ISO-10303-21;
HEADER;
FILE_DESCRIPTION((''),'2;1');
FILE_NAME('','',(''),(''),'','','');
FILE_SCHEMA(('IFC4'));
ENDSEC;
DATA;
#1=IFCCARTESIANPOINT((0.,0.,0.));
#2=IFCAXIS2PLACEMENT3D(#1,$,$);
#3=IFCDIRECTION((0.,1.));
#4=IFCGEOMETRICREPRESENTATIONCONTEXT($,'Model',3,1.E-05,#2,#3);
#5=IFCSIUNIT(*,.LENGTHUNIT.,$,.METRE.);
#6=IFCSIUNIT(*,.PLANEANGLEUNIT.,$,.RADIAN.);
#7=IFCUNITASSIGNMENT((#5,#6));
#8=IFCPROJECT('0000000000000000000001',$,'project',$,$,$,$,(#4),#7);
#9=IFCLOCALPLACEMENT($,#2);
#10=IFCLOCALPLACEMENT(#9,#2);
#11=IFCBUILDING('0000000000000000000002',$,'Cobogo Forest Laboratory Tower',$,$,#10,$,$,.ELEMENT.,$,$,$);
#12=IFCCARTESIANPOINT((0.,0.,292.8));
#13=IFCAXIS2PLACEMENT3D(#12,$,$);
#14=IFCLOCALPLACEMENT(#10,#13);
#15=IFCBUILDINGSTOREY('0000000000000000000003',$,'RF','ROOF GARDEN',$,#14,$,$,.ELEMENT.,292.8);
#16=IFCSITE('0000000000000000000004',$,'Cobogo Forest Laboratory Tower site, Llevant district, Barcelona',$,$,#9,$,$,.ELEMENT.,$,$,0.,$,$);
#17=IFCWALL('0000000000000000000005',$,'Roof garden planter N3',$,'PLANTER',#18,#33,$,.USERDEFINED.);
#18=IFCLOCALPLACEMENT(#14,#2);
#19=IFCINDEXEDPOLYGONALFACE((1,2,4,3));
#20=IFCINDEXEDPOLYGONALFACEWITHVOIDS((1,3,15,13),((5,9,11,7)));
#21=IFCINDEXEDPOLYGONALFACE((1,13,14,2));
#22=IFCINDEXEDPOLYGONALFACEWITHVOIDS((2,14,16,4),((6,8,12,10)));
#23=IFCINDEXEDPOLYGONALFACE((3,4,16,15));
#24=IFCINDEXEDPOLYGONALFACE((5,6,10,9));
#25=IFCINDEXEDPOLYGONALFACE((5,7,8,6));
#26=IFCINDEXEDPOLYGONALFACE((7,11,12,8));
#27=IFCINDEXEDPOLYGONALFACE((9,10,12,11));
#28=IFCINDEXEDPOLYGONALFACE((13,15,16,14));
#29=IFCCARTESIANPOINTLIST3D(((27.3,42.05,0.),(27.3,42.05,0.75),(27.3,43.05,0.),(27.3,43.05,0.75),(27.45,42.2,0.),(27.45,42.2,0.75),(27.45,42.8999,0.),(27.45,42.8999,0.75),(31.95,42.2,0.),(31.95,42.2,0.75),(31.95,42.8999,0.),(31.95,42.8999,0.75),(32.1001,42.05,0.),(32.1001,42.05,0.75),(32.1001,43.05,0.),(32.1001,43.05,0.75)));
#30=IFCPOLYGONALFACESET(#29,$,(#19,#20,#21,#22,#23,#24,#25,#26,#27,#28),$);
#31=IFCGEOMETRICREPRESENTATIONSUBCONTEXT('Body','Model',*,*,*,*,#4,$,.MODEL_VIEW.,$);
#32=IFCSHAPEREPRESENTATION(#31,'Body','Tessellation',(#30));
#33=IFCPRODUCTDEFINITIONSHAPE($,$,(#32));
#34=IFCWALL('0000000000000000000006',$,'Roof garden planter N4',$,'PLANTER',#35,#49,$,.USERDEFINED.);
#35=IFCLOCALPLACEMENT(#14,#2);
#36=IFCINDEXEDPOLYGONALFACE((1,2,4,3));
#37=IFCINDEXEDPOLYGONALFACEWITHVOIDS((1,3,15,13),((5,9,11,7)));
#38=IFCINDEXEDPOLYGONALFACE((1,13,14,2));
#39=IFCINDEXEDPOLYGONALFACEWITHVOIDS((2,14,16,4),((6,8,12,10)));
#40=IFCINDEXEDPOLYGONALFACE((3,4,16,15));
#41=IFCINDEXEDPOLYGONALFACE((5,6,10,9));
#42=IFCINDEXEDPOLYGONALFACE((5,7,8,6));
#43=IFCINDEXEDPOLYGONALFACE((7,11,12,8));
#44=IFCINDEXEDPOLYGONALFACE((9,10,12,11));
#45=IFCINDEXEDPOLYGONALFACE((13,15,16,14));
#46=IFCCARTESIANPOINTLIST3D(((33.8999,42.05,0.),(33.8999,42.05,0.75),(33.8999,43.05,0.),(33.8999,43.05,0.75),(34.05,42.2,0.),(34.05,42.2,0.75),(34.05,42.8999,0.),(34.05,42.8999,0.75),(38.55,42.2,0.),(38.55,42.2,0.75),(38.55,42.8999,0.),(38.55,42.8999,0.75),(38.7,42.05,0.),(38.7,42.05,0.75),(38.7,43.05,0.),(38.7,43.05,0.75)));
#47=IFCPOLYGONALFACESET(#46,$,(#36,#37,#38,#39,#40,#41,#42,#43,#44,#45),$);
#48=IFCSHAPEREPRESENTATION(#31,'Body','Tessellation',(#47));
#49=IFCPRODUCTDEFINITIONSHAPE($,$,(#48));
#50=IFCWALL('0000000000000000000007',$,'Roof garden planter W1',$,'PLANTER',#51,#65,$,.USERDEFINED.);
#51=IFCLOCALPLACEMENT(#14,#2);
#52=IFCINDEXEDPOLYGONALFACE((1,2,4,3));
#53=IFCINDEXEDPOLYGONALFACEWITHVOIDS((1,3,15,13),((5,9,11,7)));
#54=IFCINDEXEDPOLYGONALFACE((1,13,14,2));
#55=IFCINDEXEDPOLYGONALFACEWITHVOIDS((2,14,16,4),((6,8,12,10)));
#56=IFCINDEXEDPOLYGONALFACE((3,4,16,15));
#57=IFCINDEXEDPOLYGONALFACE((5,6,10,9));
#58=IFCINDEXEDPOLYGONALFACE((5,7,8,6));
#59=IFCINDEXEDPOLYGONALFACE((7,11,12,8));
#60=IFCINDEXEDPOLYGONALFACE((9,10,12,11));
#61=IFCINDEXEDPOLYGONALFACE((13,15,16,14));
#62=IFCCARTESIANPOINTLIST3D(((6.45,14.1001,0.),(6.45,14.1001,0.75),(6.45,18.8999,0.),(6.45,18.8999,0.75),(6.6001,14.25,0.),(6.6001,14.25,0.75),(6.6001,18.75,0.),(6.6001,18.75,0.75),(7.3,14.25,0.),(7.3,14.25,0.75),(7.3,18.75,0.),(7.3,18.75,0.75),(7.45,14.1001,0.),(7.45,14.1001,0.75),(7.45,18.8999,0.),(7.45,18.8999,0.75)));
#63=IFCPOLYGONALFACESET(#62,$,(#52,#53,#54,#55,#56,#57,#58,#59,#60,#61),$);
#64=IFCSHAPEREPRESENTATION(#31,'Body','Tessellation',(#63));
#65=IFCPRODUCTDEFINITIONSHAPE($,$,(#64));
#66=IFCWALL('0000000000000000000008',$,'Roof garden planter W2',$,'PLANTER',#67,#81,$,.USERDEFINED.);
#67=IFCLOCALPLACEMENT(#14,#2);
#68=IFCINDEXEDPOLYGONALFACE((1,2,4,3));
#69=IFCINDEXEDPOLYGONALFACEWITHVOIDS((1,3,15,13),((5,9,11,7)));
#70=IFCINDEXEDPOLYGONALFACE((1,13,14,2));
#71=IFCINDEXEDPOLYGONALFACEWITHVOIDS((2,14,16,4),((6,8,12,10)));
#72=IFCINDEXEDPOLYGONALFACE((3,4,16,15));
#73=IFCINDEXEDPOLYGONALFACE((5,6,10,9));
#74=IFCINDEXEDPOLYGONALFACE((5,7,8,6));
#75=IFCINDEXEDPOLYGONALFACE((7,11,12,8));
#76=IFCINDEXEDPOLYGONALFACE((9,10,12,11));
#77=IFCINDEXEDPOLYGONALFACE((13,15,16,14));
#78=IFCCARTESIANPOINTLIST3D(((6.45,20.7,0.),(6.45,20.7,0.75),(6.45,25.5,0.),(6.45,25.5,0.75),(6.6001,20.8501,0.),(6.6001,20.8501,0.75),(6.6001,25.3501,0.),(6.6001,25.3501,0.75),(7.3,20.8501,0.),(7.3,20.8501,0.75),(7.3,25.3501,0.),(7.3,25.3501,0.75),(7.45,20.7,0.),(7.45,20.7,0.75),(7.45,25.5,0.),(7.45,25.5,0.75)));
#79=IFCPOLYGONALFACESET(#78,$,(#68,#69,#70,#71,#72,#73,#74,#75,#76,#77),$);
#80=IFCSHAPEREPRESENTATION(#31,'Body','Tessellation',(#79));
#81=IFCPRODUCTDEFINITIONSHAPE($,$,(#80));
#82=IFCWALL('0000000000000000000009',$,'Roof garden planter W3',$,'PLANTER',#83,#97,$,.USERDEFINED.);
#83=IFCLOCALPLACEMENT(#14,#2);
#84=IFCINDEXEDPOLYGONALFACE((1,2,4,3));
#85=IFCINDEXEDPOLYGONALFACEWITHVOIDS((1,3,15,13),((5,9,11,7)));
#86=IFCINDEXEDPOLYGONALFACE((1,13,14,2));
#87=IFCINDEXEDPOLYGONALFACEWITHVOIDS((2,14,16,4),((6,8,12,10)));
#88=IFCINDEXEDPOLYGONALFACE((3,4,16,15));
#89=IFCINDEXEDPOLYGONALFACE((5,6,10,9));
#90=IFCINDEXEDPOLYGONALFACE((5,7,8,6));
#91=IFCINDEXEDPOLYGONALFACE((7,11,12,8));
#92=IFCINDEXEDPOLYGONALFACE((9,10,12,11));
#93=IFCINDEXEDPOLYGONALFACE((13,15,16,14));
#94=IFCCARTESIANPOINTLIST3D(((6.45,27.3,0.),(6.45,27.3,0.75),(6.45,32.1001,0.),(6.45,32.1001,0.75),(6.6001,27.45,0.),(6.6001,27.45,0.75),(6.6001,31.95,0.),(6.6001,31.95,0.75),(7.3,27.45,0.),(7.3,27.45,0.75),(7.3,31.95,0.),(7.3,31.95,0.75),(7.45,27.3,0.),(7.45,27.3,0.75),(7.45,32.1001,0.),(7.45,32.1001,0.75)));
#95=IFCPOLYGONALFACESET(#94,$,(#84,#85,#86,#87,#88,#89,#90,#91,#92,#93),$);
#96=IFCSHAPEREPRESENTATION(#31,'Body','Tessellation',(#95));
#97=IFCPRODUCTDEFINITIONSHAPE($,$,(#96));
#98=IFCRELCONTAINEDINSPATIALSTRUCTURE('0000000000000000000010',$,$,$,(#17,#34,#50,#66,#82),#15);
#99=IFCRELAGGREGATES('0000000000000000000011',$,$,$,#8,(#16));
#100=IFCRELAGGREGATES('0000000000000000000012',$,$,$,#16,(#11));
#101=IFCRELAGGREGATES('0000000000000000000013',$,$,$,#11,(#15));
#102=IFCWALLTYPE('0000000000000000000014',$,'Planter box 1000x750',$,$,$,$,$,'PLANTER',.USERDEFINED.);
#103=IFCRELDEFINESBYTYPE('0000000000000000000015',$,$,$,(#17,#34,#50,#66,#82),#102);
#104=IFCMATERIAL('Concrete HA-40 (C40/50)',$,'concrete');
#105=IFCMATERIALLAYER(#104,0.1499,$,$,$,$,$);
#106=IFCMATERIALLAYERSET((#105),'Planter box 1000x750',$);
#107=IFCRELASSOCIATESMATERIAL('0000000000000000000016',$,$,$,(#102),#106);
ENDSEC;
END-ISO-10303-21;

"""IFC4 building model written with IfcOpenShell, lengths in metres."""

from ifc_helpers import new_model, si_unit, direction, frame, origin, place, context, subcontext, project, spatial, polyline, outline, extrude, material, layer, layer_set, type_object, element, save


model = new_model("IFC4")

# Units and contexts
model_context = context("Model", 3, precision=1e-05, world=origin(), true_north=direction((0.0, 1.0)))
body_context = subcontext(model_context, "Body", "Model", "MODEL_VIEW")
ifc_project = project(units=[si_unit("LENGTHUNIT", "METRE"), si_unit("PLANEANGLEUNIT", "RADIAN")], contexts=[model_context])

# Site, building, storey
site_placement = place(None, origin())
site = spatial("IfcSite", under=ifc_project, at=site_placement, Name="Cobogo Forest Laboratory Tower site, Llevant district, Barcelona", CompositionType="ELEMENT", RefElevation=0.0)
building_placement = place(site_placement, origin())
building = spatial("IfcBuilding", under=site, at=building_placement, Name="Cobogo Forest Laboratory Tower", CompositionType="ELEMENT")
storey_placement = place(building_placement, frame((0.0, 0.0, 292.8)))
storey = spatial("IfcBuildingStorey", under=building, at=storey_placement, Name="RF", Description="ROOF GARDEN", CompositionType="ELEMENT", Elevation=292.8)

# Shared definitions
ifc_material = material(Name="Concrete HA-40 (C40/50)", Category="concrete")

# Walls
ifc_layer_1 = layer(ifc_material, 0.1499)
ifc_layer_set_1 = layer_set([ifc_layer_1], Name="Planter box 1000x750")
wall_type_1 = type_object("IfcWallType", Name="Planter box 1000x750", ElementType="PLANTER", PredefinedType="USERDEFINED", material=ifc_layer_set_1)
wall_1_placement = place(storey_placement, origin())
element("IfcWall", 1, at=wall_1_placement, inside=storey, type_object=wall_type_1, Name="Roof garden planter N3", ObjectType="PLANTER", PredefinedType="USERDEFINED", context=body_context, shape_type="SweptSolid", body=[
    extrude(outline(polyline([(27.3, 42.05), (32.1001, 42.05), (32.1001, 43.05), (27.3, 43.05), (27.3, 42.05)]), holes=[polyline([(27.45, 42.2), (31.95, 42.2), (31.95, 42.8999), (27.45, 42.8999), (27.45, 42.2)])]), origin(), (0.0, 0.0, 1.0), 0.75),
])
wall_2_placement = place(storey_placement, origin())
element("IfcWall", 2, at=wall_2_placement, inside=storey, type_object=wall_type_1, Name="Roof garden planter N4", ObjectType="PLANTER", PredefinedType="USERDEFINED", context=body_context, shape_type="SweptSolid", body=[
    extrude(outline(polyline([(33.8999, 42.05), (38.7, 42.05), (38.7, 43.05), (33.8999, 43.05), (33.8999, 42.05)]), holes=[polyline([(34.05, 42.2), (38.55, 42.2), (38.55, 42.8999), (34.05, 42.8999), (34.05, 42.2)])]), origin(), (0.0, 0.0, 1.0), 0.75),
])
wall_3_placement = place(storey_placement, origin())
element("IfcWall", 3, at=wall_3_placement, inside=storey, type_object=wall_type_1, Name="Roof garden planter W1", ObjectType="PLANTER", PredefinedType="USERDEFINED", context=body_context, shape_type="SweptSolid", body=[
    extrude(outline(polyline([(6.45, 14.1001), (7.45, 14.1001), (7.45, 18.8999), (6.45, 18.8999), (6.45, 14.1001)]), holes=[polyline([(6.6001, 14.25), (7.3, 14.25), (7.3, 18.75), (6.6001, 18.75), (6.6001, 14.25)])]), origin(), (0.0, 0.0, 1.0), 0.75),
])
wall_4_placement = place(storey_placement, origin())
element("IfcWall", 4, at=wall_4_placement, inside=storey, type_object=wall_type_1, Name="Roof garden planter W2", ObjectType="PLANTER", PredefinedType="USERDEFINED", context=body_context, shape_type="SweptSolid", body=[
    extrude(outline(polyline([(6.45, 20.7), (7.45, 20.7), (7.45, 25.5), (6.45, 25.5), (6.45, 20.7)]), holes=[polyline([(6.6001, 20.8501), (7.3, 20.8501), (7.3, 25.3501), (6.6001, 25.3501), (6.6001, 20.8501)])]), origin(), (0.0, 0.0, 1.0), 0.75),
])
wall_5_placement = place(storey_placement, origin())
element("IfcWall", 5, at=wall_5_placement, inside=storey, type_object=wall_type_1, Name="Roof garden planter W3", ObjectType="PLANTER", PredefinedType="USERDEFINED", context=body_context, shape_type="SweptSolid", body=[
    extrude(outline(polyline([(6.45, 27.3), (7.45, 27.3), (7.45, 32.1001), (6.45, 32.1001), (6.45, 27.3)]), holes=[polyline([(6.6001, 27.45), (7.3, 27.45), (7.3, 31.95), (6.6001, 31.95), (6.6001, 27.45)])]), origin(), (0.0, 0.0, 1.0), 0.75),
])

save(model, "model.ifc")
